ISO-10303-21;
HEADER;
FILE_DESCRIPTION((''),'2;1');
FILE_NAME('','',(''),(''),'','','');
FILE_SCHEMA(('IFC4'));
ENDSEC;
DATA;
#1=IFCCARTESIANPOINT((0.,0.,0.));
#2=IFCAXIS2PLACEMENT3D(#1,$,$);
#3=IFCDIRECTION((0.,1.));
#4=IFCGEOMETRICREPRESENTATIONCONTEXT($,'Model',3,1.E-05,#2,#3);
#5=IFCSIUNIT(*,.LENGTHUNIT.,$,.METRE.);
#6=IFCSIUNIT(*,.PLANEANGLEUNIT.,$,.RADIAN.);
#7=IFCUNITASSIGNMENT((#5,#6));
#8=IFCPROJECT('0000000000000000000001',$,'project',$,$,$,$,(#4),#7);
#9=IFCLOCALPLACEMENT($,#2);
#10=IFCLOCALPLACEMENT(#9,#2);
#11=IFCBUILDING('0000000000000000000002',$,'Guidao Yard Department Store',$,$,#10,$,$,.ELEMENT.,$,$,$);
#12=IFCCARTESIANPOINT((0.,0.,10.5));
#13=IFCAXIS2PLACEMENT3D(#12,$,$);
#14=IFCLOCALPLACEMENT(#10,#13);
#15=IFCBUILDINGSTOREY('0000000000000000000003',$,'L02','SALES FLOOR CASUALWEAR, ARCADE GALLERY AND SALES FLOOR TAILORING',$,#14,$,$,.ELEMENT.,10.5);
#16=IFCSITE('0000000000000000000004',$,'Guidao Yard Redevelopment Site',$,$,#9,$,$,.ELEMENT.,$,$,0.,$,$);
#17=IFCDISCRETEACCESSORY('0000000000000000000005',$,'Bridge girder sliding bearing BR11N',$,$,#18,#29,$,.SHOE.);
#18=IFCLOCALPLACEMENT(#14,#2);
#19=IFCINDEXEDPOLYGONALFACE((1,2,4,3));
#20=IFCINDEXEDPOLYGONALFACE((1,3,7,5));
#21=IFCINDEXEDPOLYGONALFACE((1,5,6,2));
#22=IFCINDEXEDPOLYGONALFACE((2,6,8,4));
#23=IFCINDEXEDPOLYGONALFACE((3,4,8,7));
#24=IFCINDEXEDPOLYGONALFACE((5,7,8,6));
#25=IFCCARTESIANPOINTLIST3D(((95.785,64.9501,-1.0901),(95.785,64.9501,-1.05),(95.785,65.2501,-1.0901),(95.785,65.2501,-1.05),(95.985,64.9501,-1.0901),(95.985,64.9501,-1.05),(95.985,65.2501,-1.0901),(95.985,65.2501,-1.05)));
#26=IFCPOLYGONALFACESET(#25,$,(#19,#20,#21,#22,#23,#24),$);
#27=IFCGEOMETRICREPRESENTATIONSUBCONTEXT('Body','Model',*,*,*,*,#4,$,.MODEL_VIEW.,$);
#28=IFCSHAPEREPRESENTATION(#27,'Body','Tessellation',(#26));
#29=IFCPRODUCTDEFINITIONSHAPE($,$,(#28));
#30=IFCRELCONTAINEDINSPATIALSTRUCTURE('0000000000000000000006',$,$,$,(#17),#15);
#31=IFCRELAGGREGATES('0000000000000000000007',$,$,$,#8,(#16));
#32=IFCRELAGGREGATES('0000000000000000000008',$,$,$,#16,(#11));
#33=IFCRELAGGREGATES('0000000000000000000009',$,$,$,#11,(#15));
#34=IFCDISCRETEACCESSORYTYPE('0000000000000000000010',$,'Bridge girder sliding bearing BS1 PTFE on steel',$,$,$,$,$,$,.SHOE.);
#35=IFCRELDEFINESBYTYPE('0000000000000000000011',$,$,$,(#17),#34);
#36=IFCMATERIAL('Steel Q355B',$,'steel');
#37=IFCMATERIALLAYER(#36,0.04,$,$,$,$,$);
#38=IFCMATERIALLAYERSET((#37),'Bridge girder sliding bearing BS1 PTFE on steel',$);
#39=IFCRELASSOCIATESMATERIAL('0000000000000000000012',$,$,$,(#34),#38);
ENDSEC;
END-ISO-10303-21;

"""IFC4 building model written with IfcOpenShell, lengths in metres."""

from ifc_helpers import new_model, si_unit, direction, frame, origin, origin_2d, place, context, subcontext, project, spatial, rectangle, extrude, material, layer, layer_set, type_object, element, save


model = new_model("IFC4")

# Units and contexts
model_context = context("Model", 3, precision=1e-05, world=origin(), true_north=direction((0.0, 1.0)))
body_context = subcontext(model_context, "Body", "Model", "MODEL_VIEW")
ifc_project = project(units=[si_unit("LENGTHUNIT", "METRE"), si_unit("PLANEANGLEUNIT", "RADIAN")], contexts=[model_context])

# Site, building, storey
site_placement = place(None, origin())
site = spatial("IfcSite", under=ifc_project, at=site_placement, Name="Guidao Yard Redevelopment Site", CompositionType="ELEMENT", RefElevation=0.0)
building_placement = place(site_placement, origin())
building = spatial("IfcBuilding", under=site, at=building_placement, Name="Guidao Yard Department Store", CompositionType="ELEMENT")
storey_placement = place(building_placement, frame((0.0, 0.0, 10.5)))
storey = spatial("IfcBuildingStorey", under=building, at=storey_placement, Name="L02", Description="SALES FLOOR CASUALWEAR, ARCADE GALLERY AND SALES FLOOR TAILORING", CompositionType="ELEMENT", Elevation=10.5)

# Discrete accessory
ifc_material_1 = material(Name="Steel Q355B", Category="steel")
ifc_layer_1 = layer(ifc_material_1, 0.04)
ifc_layer_set_1 = layer_set([ifc_layer_1], Name="Bridge girder sliding bearing BS1 PTFE on steel")
discrete_accessory_type_1 = type_object("IfcDiscreteAccessoryType", Name="Bridge girder sliding bearing BS1 PTFE on steel", PredefinedType="SHOE", material=ifc_layer_set_1)
for number, where, z_axis, x_axis, name in (
    (1, (95.885, 65.1001, -1.0901), (0.0, 0.0, 1.0), (1.0, 0.0, 0.0), "Bridge girder sliding bearing BR11N"),
):
    element("IfcDiscreteAccessory", number, at=place(storey_placement, frame(where, z_axis=z_axis, x_axis=x_axis)), inside=storey, type_object=discrete_accessory_type_1, Name=name, PredefinedType="SHOE", context=body_context, shape_type="SweptSolid", body=[
        extrude(rectangle(XDim=0.2, YDim=0.3, at=origin_2d()), origin(), (0.0, 0.0, 1.0), 0.04),
    ])

save(model, "model.ifc")
